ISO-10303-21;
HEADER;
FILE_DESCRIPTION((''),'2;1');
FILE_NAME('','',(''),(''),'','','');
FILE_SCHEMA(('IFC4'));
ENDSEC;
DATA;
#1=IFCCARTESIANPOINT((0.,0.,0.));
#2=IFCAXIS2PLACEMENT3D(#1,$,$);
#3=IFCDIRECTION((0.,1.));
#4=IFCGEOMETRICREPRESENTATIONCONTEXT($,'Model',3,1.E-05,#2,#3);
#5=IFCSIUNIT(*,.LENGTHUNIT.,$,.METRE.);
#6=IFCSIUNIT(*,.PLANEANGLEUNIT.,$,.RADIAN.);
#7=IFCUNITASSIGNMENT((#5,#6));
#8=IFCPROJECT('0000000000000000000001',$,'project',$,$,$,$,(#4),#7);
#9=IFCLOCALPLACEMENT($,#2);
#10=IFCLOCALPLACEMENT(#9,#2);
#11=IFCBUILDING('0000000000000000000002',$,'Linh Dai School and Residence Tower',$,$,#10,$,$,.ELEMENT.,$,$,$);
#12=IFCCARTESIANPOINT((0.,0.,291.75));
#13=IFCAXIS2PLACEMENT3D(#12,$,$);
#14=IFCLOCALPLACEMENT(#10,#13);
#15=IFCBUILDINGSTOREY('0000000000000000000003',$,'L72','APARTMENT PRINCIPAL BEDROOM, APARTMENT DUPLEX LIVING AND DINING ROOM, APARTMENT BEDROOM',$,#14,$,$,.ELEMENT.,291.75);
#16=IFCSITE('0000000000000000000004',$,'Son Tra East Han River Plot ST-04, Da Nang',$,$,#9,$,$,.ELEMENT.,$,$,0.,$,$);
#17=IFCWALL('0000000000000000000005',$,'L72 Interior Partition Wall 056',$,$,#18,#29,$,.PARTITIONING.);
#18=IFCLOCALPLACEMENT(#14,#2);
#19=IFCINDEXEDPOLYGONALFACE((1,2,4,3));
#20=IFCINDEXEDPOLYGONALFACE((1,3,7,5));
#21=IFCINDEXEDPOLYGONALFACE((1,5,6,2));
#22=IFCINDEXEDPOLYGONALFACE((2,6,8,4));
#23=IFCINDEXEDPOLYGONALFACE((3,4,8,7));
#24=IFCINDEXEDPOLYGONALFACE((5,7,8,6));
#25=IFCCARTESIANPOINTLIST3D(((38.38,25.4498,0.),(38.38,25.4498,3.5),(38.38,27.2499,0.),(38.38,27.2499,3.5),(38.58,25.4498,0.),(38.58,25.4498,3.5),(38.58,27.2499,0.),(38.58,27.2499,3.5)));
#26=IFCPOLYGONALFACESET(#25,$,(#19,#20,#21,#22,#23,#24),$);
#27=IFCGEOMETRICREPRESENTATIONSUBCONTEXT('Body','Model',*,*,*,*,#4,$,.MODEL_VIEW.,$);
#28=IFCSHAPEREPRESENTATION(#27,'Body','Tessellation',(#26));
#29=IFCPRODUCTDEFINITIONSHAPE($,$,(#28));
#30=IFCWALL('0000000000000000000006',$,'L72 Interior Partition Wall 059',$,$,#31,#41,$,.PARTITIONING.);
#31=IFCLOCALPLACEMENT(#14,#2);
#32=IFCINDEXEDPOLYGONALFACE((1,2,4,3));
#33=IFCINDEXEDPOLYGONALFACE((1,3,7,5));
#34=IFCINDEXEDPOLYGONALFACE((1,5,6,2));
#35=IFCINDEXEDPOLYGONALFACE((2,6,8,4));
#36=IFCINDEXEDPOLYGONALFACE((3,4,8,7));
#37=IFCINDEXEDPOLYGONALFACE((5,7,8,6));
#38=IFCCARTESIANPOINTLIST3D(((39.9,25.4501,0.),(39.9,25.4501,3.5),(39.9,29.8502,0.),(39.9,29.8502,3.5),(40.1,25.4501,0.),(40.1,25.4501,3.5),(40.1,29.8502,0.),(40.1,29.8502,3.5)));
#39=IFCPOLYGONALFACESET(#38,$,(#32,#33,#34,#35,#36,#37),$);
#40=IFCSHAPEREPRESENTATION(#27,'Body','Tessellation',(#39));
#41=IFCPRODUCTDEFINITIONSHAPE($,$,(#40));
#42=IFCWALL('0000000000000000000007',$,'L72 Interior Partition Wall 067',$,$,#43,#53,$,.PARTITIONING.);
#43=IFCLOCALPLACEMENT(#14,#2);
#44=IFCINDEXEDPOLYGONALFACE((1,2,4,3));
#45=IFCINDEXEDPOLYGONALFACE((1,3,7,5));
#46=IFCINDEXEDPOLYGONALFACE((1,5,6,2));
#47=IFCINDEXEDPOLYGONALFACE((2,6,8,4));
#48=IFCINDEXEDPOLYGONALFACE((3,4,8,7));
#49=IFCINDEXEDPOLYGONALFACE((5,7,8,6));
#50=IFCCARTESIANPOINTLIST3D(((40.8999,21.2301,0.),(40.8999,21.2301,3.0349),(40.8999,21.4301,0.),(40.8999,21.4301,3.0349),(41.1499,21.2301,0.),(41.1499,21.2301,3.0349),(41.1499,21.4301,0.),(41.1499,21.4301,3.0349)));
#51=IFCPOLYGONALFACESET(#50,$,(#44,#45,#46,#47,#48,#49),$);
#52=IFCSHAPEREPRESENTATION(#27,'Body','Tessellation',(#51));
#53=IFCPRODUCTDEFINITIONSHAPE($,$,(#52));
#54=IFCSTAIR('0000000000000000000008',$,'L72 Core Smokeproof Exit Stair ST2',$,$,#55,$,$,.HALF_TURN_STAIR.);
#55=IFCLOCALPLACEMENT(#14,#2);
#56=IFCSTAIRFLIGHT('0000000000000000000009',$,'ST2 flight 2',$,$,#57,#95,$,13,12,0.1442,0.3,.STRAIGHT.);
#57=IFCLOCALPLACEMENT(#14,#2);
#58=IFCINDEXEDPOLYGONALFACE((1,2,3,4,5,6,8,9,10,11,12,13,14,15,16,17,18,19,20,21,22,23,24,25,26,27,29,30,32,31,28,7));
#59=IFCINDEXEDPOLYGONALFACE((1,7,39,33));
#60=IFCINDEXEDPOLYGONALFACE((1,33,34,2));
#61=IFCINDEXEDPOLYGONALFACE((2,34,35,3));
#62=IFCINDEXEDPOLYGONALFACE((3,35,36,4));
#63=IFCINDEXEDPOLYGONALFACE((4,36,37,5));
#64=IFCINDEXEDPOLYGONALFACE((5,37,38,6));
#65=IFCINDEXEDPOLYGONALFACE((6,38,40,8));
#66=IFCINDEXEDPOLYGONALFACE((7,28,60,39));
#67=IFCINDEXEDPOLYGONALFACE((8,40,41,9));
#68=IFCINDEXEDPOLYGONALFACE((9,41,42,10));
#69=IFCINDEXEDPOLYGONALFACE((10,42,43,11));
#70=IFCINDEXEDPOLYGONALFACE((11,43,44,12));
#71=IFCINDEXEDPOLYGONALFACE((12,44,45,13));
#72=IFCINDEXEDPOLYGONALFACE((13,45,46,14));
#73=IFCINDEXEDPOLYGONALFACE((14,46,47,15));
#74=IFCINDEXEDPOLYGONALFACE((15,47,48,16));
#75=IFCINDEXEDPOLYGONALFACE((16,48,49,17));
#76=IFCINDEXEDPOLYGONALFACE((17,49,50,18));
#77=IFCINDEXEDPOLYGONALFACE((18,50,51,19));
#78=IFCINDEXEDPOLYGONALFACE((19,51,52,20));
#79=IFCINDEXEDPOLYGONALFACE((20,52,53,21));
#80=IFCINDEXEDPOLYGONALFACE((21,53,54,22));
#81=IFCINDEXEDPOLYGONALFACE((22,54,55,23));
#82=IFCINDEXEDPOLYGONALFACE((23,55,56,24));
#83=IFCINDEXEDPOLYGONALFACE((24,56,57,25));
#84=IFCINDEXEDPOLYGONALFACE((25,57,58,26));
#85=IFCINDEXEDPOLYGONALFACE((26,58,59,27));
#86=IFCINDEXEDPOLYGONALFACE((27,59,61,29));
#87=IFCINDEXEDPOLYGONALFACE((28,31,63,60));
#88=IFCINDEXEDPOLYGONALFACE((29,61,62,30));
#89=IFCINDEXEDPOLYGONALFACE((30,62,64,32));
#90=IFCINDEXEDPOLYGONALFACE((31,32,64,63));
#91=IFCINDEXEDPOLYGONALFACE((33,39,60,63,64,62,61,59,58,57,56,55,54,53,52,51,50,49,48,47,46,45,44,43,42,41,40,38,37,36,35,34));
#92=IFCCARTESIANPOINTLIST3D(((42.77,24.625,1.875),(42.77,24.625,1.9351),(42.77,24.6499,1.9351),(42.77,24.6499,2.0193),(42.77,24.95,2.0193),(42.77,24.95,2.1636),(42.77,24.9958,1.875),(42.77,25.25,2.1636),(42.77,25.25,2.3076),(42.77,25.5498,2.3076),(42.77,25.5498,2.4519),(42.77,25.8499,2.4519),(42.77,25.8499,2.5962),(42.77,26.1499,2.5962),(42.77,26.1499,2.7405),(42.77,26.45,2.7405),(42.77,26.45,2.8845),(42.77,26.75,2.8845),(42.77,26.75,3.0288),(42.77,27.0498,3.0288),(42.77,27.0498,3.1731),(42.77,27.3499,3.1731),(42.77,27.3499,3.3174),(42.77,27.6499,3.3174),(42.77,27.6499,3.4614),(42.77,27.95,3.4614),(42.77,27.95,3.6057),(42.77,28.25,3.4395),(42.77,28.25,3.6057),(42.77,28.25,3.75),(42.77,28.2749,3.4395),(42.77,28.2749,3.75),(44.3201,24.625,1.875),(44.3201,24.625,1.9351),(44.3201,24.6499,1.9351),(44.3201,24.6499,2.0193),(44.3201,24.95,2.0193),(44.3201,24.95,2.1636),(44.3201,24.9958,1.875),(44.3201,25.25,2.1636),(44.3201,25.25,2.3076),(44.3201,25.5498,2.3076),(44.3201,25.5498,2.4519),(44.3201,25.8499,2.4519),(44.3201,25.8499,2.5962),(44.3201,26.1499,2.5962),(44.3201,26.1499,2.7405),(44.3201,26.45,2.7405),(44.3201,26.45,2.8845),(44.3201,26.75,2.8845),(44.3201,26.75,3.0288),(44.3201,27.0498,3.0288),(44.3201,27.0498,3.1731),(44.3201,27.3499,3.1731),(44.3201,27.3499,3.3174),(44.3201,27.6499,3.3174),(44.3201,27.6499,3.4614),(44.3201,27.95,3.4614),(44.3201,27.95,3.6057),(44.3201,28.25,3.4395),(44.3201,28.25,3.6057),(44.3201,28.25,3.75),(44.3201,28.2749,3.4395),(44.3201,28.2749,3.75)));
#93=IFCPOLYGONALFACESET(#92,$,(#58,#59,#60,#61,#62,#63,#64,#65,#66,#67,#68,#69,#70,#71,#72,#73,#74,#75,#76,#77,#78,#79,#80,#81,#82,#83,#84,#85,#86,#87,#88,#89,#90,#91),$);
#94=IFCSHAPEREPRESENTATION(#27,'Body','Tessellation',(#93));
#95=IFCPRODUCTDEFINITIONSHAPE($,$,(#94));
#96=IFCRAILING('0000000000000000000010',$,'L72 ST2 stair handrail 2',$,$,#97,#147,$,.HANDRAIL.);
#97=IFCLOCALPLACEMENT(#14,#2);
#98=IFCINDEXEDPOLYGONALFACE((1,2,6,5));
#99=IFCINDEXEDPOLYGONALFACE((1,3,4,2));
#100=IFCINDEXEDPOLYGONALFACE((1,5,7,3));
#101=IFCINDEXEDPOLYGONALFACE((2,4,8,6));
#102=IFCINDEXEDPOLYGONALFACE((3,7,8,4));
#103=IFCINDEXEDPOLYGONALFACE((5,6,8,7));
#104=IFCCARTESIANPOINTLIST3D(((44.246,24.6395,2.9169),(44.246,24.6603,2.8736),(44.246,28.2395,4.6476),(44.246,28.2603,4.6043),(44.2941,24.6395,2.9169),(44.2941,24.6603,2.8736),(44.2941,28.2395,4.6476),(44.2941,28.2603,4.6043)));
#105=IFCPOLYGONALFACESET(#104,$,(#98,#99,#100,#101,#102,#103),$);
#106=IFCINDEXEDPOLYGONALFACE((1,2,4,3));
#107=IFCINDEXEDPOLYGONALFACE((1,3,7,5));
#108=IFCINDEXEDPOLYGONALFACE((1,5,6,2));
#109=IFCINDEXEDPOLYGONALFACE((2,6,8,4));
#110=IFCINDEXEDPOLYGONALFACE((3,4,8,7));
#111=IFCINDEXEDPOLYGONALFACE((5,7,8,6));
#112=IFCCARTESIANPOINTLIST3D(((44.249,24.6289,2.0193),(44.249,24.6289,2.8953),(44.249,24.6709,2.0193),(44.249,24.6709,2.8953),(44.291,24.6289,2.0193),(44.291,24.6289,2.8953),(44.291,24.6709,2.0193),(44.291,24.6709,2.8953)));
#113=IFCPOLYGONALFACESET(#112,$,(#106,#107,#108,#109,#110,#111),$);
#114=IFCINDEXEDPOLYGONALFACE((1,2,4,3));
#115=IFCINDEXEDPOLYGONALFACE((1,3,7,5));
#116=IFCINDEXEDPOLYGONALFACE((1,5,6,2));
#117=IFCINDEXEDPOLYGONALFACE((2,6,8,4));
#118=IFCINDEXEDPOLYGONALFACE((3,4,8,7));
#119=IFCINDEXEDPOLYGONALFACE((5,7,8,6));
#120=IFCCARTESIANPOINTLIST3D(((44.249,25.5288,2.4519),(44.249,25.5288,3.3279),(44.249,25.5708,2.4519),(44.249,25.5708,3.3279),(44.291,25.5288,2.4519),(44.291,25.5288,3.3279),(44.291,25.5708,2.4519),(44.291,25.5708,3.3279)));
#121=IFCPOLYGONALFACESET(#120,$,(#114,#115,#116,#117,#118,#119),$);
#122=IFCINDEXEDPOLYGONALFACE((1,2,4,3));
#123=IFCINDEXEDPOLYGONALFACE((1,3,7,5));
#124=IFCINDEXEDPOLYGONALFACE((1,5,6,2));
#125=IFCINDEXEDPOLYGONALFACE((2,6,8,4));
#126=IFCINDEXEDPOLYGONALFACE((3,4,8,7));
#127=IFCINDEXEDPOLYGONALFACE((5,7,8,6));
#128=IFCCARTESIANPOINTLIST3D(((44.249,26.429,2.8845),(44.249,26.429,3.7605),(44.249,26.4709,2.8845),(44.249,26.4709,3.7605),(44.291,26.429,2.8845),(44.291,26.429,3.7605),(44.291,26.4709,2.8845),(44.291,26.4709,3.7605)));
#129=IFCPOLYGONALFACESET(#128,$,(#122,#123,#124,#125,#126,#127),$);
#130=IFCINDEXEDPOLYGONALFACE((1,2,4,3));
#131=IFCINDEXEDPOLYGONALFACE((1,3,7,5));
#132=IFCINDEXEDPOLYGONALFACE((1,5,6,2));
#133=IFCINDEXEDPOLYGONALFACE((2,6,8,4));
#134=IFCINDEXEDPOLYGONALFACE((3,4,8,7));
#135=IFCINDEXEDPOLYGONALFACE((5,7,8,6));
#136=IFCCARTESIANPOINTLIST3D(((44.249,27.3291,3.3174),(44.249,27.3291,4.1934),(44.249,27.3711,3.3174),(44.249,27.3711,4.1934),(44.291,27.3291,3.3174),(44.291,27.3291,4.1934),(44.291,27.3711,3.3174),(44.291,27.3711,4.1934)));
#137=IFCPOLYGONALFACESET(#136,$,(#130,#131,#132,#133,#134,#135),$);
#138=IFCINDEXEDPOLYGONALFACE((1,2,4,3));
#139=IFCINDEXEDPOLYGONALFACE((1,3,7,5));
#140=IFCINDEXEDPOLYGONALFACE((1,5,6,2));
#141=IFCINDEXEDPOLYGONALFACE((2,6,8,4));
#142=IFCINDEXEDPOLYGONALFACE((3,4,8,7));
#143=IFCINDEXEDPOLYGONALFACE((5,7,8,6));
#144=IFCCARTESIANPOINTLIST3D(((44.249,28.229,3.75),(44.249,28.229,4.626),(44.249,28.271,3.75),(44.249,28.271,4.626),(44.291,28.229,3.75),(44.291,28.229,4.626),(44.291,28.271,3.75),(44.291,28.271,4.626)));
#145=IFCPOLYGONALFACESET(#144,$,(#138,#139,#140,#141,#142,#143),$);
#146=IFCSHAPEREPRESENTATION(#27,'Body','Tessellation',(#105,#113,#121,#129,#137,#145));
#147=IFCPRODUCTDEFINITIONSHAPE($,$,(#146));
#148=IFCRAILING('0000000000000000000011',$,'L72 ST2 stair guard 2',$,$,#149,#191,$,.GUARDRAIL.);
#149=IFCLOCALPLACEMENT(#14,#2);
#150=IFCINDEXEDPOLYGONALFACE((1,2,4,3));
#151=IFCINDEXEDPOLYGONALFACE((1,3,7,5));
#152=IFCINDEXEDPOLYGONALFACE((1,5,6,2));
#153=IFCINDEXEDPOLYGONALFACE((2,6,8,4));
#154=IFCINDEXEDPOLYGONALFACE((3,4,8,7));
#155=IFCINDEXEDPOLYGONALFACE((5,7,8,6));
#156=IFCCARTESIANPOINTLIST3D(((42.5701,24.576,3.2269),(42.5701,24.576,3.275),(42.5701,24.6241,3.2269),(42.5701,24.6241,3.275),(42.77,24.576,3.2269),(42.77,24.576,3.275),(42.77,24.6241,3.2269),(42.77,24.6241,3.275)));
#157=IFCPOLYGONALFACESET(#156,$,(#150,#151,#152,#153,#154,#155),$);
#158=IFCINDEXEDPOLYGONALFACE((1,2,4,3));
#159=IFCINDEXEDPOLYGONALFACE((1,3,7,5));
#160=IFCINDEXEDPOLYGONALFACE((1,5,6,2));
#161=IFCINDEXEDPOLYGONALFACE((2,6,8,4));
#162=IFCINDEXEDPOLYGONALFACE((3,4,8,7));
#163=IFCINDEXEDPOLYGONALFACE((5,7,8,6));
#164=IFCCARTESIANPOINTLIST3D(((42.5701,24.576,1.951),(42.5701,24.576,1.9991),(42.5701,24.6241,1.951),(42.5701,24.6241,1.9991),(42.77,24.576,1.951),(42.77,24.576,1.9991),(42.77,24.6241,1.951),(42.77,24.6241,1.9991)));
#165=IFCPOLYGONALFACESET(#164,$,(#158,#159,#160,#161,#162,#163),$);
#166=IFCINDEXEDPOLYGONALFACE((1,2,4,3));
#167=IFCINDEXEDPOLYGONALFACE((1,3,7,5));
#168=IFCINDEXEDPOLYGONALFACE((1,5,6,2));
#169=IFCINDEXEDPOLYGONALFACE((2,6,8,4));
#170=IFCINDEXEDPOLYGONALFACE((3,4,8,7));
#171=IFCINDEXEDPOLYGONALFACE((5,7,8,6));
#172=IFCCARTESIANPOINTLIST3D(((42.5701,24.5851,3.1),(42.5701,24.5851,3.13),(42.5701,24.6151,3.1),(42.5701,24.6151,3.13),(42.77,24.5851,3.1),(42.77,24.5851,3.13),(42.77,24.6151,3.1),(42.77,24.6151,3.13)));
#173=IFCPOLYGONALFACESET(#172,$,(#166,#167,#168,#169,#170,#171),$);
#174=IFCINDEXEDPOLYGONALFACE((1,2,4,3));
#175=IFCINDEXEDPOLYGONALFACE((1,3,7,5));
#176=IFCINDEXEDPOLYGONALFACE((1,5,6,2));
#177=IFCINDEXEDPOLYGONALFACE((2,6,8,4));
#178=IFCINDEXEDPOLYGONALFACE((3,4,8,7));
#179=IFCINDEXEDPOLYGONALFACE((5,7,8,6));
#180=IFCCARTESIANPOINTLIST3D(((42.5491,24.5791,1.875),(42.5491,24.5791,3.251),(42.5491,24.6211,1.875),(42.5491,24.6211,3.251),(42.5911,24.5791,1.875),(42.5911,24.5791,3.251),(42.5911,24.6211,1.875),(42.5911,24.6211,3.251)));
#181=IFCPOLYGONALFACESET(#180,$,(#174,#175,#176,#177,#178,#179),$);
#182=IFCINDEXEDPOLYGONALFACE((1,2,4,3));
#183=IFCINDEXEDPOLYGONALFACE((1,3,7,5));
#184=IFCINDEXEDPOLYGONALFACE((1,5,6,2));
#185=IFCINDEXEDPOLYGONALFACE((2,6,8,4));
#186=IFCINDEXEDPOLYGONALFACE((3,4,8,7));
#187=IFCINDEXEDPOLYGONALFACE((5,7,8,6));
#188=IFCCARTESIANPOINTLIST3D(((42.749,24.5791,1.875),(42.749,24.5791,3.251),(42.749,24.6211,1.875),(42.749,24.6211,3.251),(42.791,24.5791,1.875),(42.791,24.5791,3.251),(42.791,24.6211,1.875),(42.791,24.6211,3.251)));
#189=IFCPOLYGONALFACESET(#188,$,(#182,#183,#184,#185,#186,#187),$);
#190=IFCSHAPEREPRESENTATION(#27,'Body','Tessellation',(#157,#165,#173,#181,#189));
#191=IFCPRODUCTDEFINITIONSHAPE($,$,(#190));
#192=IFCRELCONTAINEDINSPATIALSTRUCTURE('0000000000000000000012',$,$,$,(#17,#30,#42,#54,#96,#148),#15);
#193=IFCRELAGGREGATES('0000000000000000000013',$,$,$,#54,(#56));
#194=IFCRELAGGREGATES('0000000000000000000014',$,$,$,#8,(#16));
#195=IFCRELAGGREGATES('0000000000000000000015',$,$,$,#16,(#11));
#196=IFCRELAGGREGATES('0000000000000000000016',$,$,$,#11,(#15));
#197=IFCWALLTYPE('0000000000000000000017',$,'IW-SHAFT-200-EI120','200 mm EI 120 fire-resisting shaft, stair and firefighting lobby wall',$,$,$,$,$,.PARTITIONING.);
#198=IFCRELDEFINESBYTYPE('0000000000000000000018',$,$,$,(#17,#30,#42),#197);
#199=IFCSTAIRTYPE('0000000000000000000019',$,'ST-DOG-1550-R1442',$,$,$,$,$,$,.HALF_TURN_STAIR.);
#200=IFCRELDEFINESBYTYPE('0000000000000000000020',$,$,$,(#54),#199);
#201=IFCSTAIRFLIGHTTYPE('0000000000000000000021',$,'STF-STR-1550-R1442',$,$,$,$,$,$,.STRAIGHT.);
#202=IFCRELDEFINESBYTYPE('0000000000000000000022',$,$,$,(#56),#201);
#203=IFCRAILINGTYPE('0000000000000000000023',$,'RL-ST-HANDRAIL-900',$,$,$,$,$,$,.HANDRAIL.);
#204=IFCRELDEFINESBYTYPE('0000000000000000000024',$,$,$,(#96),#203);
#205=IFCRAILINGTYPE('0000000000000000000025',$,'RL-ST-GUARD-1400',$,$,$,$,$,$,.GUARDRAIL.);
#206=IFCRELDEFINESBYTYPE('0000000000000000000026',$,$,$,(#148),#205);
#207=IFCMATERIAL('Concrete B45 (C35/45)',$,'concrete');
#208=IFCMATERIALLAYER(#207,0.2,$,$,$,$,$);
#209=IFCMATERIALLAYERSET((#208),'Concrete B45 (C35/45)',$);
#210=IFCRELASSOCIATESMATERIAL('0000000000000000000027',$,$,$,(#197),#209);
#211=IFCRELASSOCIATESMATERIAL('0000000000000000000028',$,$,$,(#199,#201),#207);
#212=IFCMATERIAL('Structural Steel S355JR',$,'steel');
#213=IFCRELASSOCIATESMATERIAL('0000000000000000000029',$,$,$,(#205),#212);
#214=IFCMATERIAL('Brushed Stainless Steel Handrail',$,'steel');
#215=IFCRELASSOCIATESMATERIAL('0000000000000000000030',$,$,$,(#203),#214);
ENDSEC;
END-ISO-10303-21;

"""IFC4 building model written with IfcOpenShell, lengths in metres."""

from ifc_helpers import new_model, si_unit, direction, frame, frame_2d, origin, origin_2d, place, context, subcontext, project, spatial, polyline, rectangle, outline, extrude, source, transform, mapped, material, layer, layer_set, type_object, element, aggregate, save


model = new_model("IFC4")

# Units and contexts
model_context = context("Model", 3, precision=1e-05, world=origin(), true_north=direction((0.0, 1.0)))
body_context = subcontext(model_context, "Body", "Model", "MODEL_VIEW")
ifc_project = project(units=[si_unit("LENGTHUNIT", "METRE"), si_unit("PLANEANGLEUNIT", "RADIAN")], contexts=[model_context])

# Site, building, storey
site_placement = place(None, origin())
site = spatial("IfcSite", under=ifc_project, at=site_placement, Name="Son Tra East Han River Plot ST-04, Da Nang", CompositionType="ELEMENT", RefElevation=0.0)
building_placement = place(site_placement, origin())
building = spatial("IfcBuilding", under=site, at=building_placement, Name="Linh Dai School and Residence Tower", CompositionType="ELEMENT")
storey_placement = place(building_placement, frame((0.0, 0.0, 291.75)))
storey = spatial("IfcBuildingStorey", under=building, at=storey_placement, Name="L72", Description="APARTMENT PRINCIPAL BEDROOM, APARTMENT DUPLEX LIVING AND DINING ROOM, APARTMENT BEDROOM", CompositionType="ELEMENT", Elevation=291.75)

# Shared definitions
ifc_material_1 = material(Name="Structural Steel S355JR", Category="steel")

# Walls
ifc_material_2 = material(Name="Concrete B45 (C35/45)", Category="concrete")
ifc_layer_1 = layer(ifc_material_2, 0.2)
ifc_layer_set_1 = layer_set([ifc_layer_1], Name="Concrete B45 (C35/45)")
wall_type_1 = type_object("IfcWallType", Name="IW-SHAFT-200-EI120", Description="200 mm EI 120 fire-resisting shaft, stair and firefighting lobby wall", PredefinedType="PARTITIONING", material=ifc_layer_set_1)
for number, where, z_axis, x_axis, name in (
    (1, (38.48, 25.45, 0.0), (0.0, 0.0, 1.0), (0.0, 1.0, 0.0), "L72 Interior Partition Wall 056"),
):
    element("IfcWall", number, at=place(storey_placement, frame(where, z_axis=z_axis, x_axis=x_axis)), inside=storey, type_object=wall_type_1, Name=name, PredefinedType="PARTITIONING", context=body_context, shape_type="SweptSolid", body=[
        extrude(rectangle(XDim=1.8, YDim=0.2, at=frame_2d((0.8999, 0.0))), origin(), (0.0, 0.0, 1.0), 3.5),
    ])
wall_1_placement = place(storey_placement, frame((40.0, 25.45, 0.0), z_axis=(0.0, 0.0, 1.0), x_axis=(0.0, 1.0, 0.0)))
element("IfcWall", 2, at=wall_1_placement, inside=storey, type_object=wall_type_1, Name="L72 Interior Partition Wall 059", PredefinedType="PARTITIONING", context=body_context, shape_type="SweptSolid", body=[
    extrude(rectangle(XDim=4.4001, YDim=0.2, at=frame_2d((2.2002, 0.0))), origin(), (0.0, 0.0, 1.0), 3.5),
])
wall_2_placement = place(storey_placement, frame((40.8999, 21.3301, 0.0), z_axis=(0.0, 0.0, 1.0), x_axis=(1.0, 0.0, 0.0)))
element("IfcWall", 3, at=wall_2_placement, inside=storey, type_object=wall_type_1, Name="L72 Interior Partition Wall 067", PredefinedType="PARTITIONING", context=body_context, shape_type="SweptSolid", body=[
    extrude(rectangle(XDim=0.25, YDim=0.2, at=frame_2d((0.125, 0.0))), origin(), (0.0, 0.0, 1.0), 3.0349),
])

# Stair, stair flight
stair_type = type_object("IfcStairType", Name="ST-DOG-1550-R1442", PredefinedType="HALF_TURN_STAIR", material=ifc_material_2)
stair_placement = place(storey_placement, origin())
stair = element("IfcStair", 4, at=stair_placement, inside=storey, type_object=stair_type, Name="L72 Core Smokeproof Exit Stair ST2", PredefinedType="HALF_TURN_STAIR")
stair_flight_type = type_object("IfcStairFlightType", Name="STF-STR-1550-R1442", PredefinedType="STRAIGHT", material=ifc_material_2)
shared_shape_1 = source(origin(), body_context, "Body", "SweptSolid", [
    extrude(outline(polyline([(-0.0249, 0.0), (-0.0249, 0.0601), (0.0, 0.0601), (0.0, 0.1443), (0.3, 0.1443), (0.3, 0.2886), (0.6001, 0.2886), (0.6001, 0.4326), (0.8999, 0.4326), (0.8999, 0.5769), (1.2, 0.5769), (1.2, 0.7212), (1.5, 0.7212), (1.5, 0.8655), (1.8, 0.8655), (1.8, 1.0095), (2.1001, 1.0095), (2.1001, 1.1538), (2.3999, 1.1538), (2.3999, 1.2981), (2.7, 1.2981), (2.7, 1.4424), (3.0, 1.4424), (3.0, 1.5864), (3.3, 1.5864), (3.3, 1.7307), (3.6001, 1.7307), (3.6001, 1.875), (3.625, 1.875), (3.625, 1.5645), (3.6001, 1.5645), (0.3459, 0.0), (-0.0249, 0.0)])), frame((0.0, 0.7749, 0.0), z_axis=(0.0, -1.0, 0.0), x_axis=(1.0, 0.0, 0.0)), (0.0, 0.0, 1.0), 1.55),
])
stair_flight_placement = place(storey_placement, frame((43.5449, 24.6499, 1.875), z_axis=(0.0, 0.0, 1.0), x_axis=(0.0, 1.0, 0.0)))
stair_flight = element("IfcStairFlight", 5, at=stair_flight_placement, type_object=stair_flight_type, Name="ST2 flight 2", NumberOfRisers=13, NumberOfTreads=12, PredefinedType="STRAIGHT", RiserHeight=0.1442, TreadLength=0.3, context=body_context, shape_type="MappedRepresentation", body=[
    mapped(shared_shape_1, transform((0.0, 0.0, 0.0), x_axis=(1.0, 0.0, 0.0), y_axis=(0.0, 1.0, 0.0), z_axis=(0.0, 0.0, 1.0), scale=1.0)),
])
aggregate(stair, [stair_flight])

# Railings
railing_type_1 = type_object("IfcRailingType", Name="RL-ST-GUARD-1400", PredefinedType="GUARDRAIL", material=ifc_material_1)
ifc_material_3 = material(Name="Brushed Stainless Steel Handrail", Category="steel")
railing_type_2 = type_object("IfcRailingType", Name="RL-ST-HANDRAIL-900", PredefinedType="HANDRAIL", material=ifc_material_3)
shared_shape_2 = source(origin(), body_context, "Body", "SweptSolid", [
    extrude(rectangle(XDim=0.0481, YDim=0.0481, at=origin_2d()), frame((0.0, 0.0, 0.876), z_axis=(0.0, 0.901263, 0.433273), x_axis=(-1.0, 0.0, 0.0)), (0.0, 0.0, 1.0), 3.9944),
    extrude(rectangle(XDim=0.042, YDim=0.042, at=origin_2d()), origin(), (0.0, 0.0, 1.0), 0.876),
    extrude(rectangle(XDim=0.042, YDim=0.042, at=origin_2d()), frame((0.0, 0.8999, 0.4326)), (0.0, 0.0, 1.0), 0.876),
    extrude(rectangle(XDim=0.042, YDim=0.042, at=origin_2d()), frame((0.0, 1.8, 0.8652)), (0.0, 0.0, 1.0), 0.876),
    extrude(rectangle(XDim=0.042, YDim=0.042, at=origin_2d()), frame((0.0, 2.7002, 1.2981)), (0.0, 0.0, 1.0), 0.876),
    extrude(rectangle(XDim=0.042, YDim=0.042, at=origin_2d()), frame((0.0, 3.6001, 1.7307)), (0.0, 0.0, 1.0), 0.876),
])
railing_1_placement = place(storey_placement, frame((44.27, 24.6499, 2.0193)))
element("IfcRailing", 6, at=railing_1_placement, inside=storey, type_object=railing_type_2, Name="L72 ST2 stair handrail 2", PredefinedType="HANDRAIL", context=body_context, shape_type="MappedRepresentation", body=[
    mapped(shared_shape_2, transform((0.0, 0.0, 0.0), x_axis=(1.0, 0.0, 0.0), y_axis=(0.0, 1.0, 0.0), z_axis=(0.0, 0.0, 1.0), scale=1.0)),
])
shared_shape_3 = source(origin(), body_context, "Body", "SweptSolid", [
    extrude(rectangle(XDim=0.0481, YDim=0.0481, at=origin_2d()), frame((0.0, 0.0, 1.376), z_axis=(1.0, 0.0, 0.0), x_axis=(0.0, 1.0, 0.0)), (0.0, 0.0, 1.0), 0.2),
    extrude(rectangle(XDim=0.0481, YDim=0.0481, at=origin_2d()), frame((0.0, 0.0, 0.1001), z_axis=(1.0, 0.0, 0.0), x_axis=(0.0, 1.0, 0.0)), (0.0, 0.0, 1.0), 0.2),
    extrude(rectangle(XDim=0.03, YDim=0.03, at=origin_2d()), frame((0.0, 0.0, 1.24), z_axis=(1.0, 0.0, 0.0), x_axis=(0.0, 1.0, 0.0)), (0.0, 0.0, 1.0), 0.2),
    extrude(rectangle(XDim=0.042, YDim=0.042, at=origin_2d()), origin(), (0.0, 0.0, 1.0), 1.376),
    extrude(rectangle(XDim=0.042, YDim=0.042, at=origin_2d()), frame((0.2, 0.0, 0.0)), (0.0, 0.0, 1.0), 1.376),
])
railing_2_placement = place(storey_placement, frame((42.5701, 24.6001, 1.875)))
element("IfcRailing", 7, at=railing_2_placement, inside=storey, type_object=railing_type_1, Name="L72 ST2 stair guard 2", PredefinedType="GUARDRAIL", context=body_context, shape_type="MappedRepresentation", body=[
    mapped(shared_shape_3, transform((0.0, 0.0, 0.0), x_axis=(1.0, 0.0, 0.0), y_axis=(0.0, 1.0, 0.0), z_axis=(0.0, 0.0, 1.0), scale=1.0)),
])

save(model, "model.ifc")
